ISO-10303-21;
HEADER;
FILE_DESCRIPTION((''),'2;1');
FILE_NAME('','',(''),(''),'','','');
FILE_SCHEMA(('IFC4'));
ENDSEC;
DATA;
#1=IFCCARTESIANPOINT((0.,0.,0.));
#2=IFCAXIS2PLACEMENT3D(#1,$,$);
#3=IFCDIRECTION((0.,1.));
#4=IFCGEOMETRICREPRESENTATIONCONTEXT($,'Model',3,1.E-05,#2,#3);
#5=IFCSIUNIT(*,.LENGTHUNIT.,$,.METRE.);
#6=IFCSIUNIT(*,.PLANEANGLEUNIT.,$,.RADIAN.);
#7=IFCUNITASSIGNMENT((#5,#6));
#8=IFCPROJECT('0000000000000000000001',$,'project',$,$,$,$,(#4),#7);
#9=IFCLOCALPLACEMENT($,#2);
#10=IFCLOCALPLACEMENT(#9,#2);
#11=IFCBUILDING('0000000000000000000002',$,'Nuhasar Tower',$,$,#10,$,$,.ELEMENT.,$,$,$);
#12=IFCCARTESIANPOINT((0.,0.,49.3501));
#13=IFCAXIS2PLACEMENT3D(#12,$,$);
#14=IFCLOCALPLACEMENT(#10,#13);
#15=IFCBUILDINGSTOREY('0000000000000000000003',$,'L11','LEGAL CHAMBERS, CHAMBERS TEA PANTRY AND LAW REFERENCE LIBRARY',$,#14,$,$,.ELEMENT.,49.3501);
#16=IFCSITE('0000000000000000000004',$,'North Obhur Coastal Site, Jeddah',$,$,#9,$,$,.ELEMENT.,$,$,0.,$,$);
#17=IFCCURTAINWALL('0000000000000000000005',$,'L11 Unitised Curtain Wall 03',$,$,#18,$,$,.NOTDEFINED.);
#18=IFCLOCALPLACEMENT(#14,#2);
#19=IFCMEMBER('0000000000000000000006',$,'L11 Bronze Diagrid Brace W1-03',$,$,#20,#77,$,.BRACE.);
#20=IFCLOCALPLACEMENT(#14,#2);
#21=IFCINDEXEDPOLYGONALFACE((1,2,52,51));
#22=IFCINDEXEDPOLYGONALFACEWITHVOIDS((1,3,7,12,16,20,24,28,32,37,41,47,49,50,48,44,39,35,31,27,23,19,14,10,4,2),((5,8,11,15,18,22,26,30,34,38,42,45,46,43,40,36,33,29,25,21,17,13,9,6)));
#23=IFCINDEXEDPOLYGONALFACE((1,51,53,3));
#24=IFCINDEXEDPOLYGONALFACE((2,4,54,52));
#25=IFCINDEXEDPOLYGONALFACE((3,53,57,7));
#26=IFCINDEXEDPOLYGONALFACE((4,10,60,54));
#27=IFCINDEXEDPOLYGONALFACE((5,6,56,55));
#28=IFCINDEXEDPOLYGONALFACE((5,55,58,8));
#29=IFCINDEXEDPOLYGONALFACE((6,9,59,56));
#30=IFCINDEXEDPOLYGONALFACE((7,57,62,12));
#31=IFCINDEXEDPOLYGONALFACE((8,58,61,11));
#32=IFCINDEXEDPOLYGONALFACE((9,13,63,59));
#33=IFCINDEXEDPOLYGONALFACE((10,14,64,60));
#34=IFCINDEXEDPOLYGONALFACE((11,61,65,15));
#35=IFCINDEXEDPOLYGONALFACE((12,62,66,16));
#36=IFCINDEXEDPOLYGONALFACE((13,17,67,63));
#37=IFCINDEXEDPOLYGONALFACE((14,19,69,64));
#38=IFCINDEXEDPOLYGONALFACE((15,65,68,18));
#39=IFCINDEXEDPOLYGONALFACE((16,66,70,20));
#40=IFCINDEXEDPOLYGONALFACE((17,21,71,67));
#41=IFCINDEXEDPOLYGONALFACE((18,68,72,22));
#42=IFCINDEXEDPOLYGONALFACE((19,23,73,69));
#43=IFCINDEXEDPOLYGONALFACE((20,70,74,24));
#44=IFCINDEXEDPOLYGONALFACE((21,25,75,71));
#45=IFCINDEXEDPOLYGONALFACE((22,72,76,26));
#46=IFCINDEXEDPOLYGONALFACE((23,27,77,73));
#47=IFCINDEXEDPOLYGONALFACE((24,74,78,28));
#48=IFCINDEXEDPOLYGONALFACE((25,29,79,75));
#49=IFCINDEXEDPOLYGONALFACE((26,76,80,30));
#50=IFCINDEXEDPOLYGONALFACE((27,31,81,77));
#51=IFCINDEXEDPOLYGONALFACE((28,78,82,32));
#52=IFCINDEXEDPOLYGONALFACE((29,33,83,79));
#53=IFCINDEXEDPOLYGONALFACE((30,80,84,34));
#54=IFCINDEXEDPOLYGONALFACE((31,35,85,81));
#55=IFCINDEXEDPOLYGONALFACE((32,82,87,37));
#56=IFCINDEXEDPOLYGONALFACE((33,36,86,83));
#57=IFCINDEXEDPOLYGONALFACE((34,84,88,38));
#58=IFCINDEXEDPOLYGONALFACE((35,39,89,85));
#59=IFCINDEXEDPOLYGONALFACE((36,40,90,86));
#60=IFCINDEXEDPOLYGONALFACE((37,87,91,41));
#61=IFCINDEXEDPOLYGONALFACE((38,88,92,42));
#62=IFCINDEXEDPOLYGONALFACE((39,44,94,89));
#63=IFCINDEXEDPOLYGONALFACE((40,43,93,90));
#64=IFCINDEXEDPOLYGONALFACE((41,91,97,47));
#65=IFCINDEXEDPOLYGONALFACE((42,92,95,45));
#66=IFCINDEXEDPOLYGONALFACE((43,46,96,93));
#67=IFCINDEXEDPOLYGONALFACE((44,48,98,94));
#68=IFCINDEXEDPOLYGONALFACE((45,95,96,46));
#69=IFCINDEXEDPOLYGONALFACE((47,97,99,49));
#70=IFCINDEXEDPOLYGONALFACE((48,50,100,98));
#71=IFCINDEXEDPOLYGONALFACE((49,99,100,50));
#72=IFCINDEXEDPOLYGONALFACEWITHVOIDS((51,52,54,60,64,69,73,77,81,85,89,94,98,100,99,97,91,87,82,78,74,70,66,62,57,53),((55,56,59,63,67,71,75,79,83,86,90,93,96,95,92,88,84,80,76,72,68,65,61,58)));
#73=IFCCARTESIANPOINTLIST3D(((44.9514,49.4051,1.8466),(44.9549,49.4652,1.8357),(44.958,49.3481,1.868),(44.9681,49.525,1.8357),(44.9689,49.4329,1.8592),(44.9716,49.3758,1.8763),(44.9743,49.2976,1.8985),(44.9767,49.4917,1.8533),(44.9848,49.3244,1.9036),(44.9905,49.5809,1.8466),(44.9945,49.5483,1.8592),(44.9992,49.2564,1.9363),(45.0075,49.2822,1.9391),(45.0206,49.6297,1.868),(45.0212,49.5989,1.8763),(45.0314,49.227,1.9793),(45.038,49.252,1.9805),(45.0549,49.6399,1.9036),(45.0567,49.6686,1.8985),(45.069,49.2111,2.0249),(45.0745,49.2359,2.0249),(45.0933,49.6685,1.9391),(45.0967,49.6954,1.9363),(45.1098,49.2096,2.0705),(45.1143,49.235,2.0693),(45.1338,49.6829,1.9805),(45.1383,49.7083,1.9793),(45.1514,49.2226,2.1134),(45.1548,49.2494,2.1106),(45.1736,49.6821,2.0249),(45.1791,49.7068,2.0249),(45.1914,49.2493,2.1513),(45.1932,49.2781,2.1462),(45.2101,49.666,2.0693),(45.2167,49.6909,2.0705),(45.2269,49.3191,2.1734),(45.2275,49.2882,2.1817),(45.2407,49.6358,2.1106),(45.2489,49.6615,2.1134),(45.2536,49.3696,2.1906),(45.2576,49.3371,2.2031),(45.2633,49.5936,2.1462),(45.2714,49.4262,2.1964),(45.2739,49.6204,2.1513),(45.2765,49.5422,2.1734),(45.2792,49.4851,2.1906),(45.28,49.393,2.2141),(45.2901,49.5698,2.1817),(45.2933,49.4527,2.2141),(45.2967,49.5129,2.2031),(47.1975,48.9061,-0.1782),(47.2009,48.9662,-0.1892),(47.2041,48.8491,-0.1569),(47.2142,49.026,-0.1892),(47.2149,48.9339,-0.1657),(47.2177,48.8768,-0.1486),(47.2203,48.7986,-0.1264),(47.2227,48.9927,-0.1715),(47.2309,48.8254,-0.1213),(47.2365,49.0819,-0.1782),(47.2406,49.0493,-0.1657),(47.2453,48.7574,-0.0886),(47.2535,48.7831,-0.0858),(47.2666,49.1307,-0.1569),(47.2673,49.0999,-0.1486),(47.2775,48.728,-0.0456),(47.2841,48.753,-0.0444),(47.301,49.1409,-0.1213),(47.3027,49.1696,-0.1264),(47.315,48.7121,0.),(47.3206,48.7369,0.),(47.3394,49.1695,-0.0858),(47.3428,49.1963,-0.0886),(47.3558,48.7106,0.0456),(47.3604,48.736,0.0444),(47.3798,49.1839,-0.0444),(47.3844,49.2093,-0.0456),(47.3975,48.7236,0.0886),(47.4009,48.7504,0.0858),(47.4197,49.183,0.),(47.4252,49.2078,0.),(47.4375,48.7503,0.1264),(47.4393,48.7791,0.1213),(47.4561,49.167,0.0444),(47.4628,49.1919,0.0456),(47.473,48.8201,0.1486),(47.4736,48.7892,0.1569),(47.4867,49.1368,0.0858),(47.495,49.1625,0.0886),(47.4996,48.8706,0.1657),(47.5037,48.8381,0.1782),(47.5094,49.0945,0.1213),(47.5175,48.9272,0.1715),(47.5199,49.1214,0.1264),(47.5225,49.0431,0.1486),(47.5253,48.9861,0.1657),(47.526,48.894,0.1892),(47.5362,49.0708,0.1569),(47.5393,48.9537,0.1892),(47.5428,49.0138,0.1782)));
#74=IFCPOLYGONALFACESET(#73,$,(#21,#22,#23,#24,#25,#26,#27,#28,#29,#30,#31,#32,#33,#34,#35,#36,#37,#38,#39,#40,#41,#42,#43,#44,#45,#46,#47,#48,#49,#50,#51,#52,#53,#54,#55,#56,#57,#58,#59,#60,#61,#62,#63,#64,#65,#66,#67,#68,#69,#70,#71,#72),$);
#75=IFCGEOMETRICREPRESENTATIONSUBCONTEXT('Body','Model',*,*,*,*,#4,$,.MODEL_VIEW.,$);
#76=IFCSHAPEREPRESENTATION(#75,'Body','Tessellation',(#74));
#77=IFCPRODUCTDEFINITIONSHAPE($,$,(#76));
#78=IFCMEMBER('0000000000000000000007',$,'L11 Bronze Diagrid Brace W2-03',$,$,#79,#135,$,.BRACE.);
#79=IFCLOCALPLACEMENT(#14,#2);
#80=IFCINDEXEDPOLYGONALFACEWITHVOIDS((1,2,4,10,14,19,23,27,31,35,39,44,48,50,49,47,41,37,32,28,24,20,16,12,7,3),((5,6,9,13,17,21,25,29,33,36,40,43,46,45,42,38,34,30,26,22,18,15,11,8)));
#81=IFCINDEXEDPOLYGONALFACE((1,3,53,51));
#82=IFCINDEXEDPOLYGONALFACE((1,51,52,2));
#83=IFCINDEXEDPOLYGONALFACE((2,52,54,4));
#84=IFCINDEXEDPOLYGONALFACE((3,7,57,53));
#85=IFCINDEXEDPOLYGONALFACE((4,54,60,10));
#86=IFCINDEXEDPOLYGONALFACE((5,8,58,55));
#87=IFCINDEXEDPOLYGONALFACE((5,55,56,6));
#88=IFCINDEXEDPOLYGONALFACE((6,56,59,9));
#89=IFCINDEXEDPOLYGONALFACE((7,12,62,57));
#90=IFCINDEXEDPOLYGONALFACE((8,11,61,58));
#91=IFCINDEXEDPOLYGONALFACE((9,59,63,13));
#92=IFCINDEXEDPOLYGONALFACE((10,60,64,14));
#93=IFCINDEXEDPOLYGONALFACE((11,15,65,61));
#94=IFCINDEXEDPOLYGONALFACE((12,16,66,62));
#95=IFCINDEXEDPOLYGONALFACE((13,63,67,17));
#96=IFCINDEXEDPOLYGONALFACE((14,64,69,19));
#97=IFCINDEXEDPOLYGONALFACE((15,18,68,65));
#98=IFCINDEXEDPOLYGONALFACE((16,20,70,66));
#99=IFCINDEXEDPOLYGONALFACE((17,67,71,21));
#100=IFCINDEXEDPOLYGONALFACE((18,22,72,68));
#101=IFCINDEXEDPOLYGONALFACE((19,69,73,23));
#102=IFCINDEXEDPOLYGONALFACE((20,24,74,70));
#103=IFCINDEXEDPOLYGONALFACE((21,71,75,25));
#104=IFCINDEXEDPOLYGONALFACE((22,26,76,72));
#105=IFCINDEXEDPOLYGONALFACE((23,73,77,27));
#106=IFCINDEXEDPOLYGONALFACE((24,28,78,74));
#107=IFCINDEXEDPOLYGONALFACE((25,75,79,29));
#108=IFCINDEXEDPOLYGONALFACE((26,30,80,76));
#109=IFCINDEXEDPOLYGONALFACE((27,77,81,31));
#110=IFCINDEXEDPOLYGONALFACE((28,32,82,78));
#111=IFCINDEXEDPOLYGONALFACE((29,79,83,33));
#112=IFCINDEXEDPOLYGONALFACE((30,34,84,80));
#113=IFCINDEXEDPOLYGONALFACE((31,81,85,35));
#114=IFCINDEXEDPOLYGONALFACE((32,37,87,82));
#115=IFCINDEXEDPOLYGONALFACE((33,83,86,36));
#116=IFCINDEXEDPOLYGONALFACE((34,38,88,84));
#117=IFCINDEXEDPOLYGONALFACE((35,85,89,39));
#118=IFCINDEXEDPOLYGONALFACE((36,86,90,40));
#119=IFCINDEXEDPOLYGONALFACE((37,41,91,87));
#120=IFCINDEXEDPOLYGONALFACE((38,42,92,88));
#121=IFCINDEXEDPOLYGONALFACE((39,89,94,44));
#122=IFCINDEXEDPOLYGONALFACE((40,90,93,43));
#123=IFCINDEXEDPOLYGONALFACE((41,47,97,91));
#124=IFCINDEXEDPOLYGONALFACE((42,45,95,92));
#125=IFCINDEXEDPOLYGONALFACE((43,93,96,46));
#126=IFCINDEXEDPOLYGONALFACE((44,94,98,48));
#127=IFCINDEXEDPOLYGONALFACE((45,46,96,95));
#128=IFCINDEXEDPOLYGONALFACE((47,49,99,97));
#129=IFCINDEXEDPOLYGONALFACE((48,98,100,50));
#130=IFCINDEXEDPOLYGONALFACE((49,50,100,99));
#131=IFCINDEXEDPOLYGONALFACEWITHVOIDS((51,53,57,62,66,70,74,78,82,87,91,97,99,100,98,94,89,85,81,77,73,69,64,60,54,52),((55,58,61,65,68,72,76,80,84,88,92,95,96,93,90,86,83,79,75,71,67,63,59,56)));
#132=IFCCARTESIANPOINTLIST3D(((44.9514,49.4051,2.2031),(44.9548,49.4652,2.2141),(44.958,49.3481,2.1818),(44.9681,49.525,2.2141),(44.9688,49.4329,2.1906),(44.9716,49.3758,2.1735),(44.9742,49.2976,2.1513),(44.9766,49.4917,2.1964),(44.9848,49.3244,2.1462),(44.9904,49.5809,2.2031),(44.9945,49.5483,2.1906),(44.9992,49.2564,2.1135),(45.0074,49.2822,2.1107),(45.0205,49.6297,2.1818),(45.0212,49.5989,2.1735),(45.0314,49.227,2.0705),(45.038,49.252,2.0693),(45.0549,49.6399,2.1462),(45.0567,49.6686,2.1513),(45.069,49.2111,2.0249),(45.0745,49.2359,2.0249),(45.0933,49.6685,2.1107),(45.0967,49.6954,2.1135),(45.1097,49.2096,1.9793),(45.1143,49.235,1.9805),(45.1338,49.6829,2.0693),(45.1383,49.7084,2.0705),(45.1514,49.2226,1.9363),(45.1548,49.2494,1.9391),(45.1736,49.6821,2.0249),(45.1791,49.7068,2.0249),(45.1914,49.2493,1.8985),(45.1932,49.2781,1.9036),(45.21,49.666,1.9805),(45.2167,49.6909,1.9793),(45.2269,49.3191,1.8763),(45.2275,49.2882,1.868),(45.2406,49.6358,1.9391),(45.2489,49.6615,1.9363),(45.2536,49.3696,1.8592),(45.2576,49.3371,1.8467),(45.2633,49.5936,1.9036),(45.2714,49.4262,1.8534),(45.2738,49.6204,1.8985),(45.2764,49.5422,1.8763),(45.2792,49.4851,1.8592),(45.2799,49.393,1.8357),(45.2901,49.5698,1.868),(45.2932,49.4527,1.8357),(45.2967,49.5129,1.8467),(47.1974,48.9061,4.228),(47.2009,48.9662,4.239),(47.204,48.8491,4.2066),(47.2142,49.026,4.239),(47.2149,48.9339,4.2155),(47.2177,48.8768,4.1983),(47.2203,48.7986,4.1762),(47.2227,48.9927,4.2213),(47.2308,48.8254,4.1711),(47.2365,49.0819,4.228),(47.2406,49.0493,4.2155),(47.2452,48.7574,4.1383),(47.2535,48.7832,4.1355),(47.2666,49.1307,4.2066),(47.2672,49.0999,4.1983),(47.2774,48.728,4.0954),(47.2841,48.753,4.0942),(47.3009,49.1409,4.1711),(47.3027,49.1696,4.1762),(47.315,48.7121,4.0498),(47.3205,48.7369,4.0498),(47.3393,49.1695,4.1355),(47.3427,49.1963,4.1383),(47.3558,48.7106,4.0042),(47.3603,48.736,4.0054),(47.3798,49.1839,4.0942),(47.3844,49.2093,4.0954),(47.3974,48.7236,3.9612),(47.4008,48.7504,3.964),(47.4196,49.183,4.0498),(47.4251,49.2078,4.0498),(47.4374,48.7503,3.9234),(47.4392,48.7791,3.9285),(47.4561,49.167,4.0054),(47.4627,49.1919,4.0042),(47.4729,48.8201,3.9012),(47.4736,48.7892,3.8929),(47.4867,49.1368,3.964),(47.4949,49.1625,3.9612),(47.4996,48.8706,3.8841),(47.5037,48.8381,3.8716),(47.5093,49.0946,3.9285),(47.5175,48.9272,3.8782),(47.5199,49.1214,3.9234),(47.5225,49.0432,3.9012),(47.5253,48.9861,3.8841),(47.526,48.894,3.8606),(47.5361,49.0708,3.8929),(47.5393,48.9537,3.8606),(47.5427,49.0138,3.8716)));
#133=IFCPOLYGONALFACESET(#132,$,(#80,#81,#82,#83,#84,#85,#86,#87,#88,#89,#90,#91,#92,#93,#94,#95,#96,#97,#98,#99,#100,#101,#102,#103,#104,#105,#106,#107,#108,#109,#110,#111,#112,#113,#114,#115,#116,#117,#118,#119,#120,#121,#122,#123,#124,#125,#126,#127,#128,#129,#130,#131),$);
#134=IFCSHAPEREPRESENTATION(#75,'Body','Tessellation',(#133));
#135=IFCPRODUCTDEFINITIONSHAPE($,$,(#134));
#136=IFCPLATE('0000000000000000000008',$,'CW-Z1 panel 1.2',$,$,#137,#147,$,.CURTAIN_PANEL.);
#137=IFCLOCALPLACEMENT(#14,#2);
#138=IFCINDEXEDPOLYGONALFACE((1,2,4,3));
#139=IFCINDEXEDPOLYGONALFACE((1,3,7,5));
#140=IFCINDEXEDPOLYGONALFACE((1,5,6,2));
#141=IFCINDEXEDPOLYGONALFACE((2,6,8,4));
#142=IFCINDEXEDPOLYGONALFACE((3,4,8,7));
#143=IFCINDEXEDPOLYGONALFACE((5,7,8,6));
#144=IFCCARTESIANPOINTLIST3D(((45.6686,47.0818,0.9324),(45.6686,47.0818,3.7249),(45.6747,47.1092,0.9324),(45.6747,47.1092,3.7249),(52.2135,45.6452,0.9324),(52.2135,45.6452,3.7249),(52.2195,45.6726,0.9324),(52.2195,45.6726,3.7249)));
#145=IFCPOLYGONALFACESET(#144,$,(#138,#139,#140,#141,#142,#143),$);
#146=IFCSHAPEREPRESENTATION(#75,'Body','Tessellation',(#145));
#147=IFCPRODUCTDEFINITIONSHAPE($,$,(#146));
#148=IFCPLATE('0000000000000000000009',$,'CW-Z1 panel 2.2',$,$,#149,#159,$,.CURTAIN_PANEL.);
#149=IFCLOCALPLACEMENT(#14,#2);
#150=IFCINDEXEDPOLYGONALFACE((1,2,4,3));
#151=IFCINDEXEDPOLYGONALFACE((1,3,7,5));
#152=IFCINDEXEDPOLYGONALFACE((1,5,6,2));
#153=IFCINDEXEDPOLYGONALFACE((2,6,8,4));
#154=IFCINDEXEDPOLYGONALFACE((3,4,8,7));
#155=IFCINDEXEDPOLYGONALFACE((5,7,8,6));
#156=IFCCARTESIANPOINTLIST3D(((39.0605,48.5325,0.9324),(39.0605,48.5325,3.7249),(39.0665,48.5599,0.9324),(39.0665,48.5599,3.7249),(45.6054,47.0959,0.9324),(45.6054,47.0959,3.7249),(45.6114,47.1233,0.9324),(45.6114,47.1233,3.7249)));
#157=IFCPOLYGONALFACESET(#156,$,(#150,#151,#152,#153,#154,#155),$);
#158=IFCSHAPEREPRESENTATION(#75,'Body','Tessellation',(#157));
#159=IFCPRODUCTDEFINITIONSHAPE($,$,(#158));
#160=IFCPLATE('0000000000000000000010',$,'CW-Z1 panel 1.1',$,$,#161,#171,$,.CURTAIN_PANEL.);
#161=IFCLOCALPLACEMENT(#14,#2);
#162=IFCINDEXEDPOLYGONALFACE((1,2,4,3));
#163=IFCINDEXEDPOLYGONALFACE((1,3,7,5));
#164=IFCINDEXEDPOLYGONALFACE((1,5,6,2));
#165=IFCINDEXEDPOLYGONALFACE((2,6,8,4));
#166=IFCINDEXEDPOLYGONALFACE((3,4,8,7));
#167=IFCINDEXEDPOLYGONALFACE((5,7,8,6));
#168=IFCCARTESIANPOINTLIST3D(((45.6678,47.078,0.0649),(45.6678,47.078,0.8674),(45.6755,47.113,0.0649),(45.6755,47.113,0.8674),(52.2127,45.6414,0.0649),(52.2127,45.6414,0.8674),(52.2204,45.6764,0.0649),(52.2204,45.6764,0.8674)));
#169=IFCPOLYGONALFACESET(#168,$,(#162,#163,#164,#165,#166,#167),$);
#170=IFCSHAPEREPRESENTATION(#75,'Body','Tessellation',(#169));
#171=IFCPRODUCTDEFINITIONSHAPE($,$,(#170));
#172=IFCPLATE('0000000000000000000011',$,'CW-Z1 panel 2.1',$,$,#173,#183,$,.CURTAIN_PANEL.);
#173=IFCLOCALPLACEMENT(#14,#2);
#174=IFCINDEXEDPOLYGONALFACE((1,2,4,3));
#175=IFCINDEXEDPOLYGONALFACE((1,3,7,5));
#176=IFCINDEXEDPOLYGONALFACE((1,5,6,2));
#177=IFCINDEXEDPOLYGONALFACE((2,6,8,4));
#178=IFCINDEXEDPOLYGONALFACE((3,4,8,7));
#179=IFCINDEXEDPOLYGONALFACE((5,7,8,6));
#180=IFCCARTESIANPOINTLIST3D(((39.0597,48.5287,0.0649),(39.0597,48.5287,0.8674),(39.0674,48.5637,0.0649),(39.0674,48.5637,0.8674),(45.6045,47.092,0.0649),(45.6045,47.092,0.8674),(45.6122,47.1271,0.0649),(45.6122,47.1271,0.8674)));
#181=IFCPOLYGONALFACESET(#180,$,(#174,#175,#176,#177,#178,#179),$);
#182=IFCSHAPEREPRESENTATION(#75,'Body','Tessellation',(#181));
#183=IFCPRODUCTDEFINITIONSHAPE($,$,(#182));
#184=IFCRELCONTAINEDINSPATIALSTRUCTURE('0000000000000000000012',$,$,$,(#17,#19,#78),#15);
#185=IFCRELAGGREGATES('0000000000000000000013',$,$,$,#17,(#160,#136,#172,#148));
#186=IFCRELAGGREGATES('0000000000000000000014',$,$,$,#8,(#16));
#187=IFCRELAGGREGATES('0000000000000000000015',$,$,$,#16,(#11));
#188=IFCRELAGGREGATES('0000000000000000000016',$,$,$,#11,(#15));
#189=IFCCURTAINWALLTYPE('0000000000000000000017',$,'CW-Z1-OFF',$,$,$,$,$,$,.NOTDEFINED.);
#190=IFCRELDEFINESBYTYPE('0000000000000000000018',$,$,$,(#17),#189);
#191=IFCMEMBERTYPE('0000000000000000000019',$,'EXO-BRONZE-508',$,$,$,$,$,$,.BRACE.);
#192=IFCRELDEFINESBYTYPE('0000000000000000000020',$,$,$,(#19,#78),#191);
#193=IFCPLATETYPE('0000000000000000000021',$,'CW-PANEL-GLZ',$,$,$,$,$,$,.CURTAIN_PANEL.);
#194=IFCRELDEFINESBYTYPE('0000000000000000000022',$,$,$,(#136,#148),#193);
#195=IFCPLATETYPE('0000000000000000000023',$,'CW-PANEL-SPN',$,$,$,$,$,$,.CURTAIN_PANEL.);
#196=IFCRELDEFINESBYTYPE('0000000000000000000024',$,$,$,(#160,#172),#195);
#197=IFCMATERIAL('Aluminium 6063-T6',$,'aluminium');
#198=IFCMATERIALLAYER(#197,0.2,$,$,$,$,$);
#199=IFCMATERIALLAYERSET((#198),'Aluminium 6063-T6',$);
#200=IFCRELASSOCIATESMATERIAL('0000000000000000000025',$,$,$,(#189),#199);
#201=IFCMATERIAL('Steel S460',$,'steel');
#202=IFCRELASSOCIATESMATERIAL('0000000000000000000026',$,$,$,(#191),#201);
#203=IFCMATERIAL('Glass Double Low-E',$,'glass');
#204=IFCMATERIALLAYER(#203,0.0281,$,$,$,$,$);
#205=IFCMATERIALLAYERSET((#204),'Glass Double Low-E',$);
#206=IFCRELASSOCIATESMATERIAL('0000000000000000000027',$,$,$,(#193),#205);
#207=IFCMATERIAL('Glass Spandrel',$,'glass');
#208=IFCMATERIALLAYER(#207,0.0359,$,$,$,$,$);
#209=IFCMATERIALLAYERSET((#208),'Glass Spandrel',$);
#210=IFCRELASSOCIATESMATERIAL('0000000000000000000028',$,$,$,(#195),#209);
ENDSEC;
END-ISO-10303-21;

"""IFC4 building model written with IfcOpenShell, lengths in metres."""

from ifc_helpers import new_model, si_unit, direction, frame, origin, origin_2d, place, context, subcontext, project, spatial, rectangle, hollow_circle, extrude, material, layer, layer_set, material_profile, profile_set, type_object, element, aggregate, save


model = new_model("IFC4")

# Units and contexts
model_context = context("Model", 3, precision=1e-05, world=origin(), true_north=direction((0.0, 1.0)))
body_context = subcontext(model_context, "Body", "Model", "MODEL_VIEW")
ifc_project = project(units=[si_unit("LENGTHUNIT", "METRE"), si_unit("PLANEANGLEUNIT", "RADIAN")], contexts=[model_context])

# Site, building, storey
site_placement = place(None, origin())
site = spatial("IfcSite", under=ifc_project, at=site_placement, Name="North Obhur Coastal Site, Jeddah", CompositionType="ELEMENT", RefElevation=0.0)
building_placement = place(site_placement, origin())
building = spatial("IfcBuilding", under=site, at=building_placement, Name="Nuhasar Tower", CompositionType="ELEMENT")
storey_placement = place(building_placement, frame((0.0, 0.0, 49.3501)))
storey = spatial("IfcBuildingStorey", under=building, at=storey_placement, Name="L11", Description="LEGAL CHAMBERS, CHAMBERS TEA PANTRY AND LAW REFERENCE LIBRARY", CompositionType="ELEMENT", Elevation=49.3501)

# Curtain wall
ifc_material_1 = material(Name="Aluminium 6063-T6", Category="aluminium")
ifc_layer_1 = layer(ifc_material_1, 0.2)
ifc_layer_set_1 = layer_set([ifc_layer_1], Name="Aluminium 6063-T6")
curtain_wall_type = type_object("IfcCurtainWallType", Name="CW-Z1-OFF", PredefinedType="NOTDEFINED", material=ifc_layer_set_1)
curtain_wall_placement = place(storey_placement, origin())
curtain_wall = element("IfcCurtainWall", 1, at=curtain_wall_placement, inside=storey, type_object=curtain_wall_type, Name="L11 Unitised Curtain Wall 03", PredefinedType="NOTDEFINED")

# Members
ifc_material_2 = material(Name="Steel S460", Category="steel")
ifc_material_profile_1 = material_profile(ifc_material_2, hollow_circle(Radius=0.2539, WallThickness=0.0254, at=origin_2d()), Name="HSS508X25.4")
ifc_profile_set_1 = profile_set([ifc_material_profile_1], Name="Steel S460")
member_type_1 = type_object("IfcMemberType", Name="EXO-BRONZE-508", PredefinedType="BRACE", material=ifc_profile_set_1)
for number, where, z_axis, x_axis, name in (
    (2, (47.3701, 48.96, 0.0), (-0.732821, 0.162814, 0.660654), (-0.216886, -0.976197, 0.0), "L11 Bronze Diagrid Brace W1-03"),
    (3, (45.124, 49.459, 2.0249), (0.732821, -0.162814, 0.660654), (0.216886, 0.976197, 0.0), "L11 Bronze Diagrid Brace W2-03"),
):
    element("IfcMember", number, at=place(storey_placement, frame(where, z_axis=z_axis, x_axis=x_axis)), inside=storey, type_object=member_type_1, Name=name, PredefinedType="BRACE", context=body_context, shape_type="SweptSolid", body=[
        extrude(hollow_circle(Radius=0.2539, WallThickness=0.0254, at=origin_2d()), origin(), (0.0, 0.0, 1.0), 3.0649),
    ])

# Plates
ifc_material_3 = material(Name="Glass Double Low-E", Category="glass")
ifc_layer_2 = layer(ifc_material_3, 0.0281)
ifc_layer_set_2 = layer_set([ifc_layer_2], Name="Glass Double Low-E")
plate_type_1 = type_object("IfcPlateType", Name="CW-PANEL-GLZ", PredefinedType="CURTAIN_PANEL", material=ifc_layer_set_2)
plate_1_placement = place(storey_placement, frame((48.9441, 46.3772, 0.9324), z_axis=(0.0, 0.0, 1.0), x_axis=(-0.976746, 0.214399, 0.0)))
plate_1 = element("IfcPlate", 4, at=plate_1_placement, type_object=plate_type_1, Name="CW-Z1 panel 1.2", PredefinedType="CURTAIN_PANEL", context=body_context, shape_type="SweptSolid", body=[
    extrude(rectangle(XDim=6.7007, YDim=0.0281, at=origin_2d()), origin(), (0.0, 0.0, 1.0), 2.7925),
])
plate_2_placement = place(storey_placement, frame((42.3359, 47.8279, 0.9324), z_axis=(0.0, 0.0, 1.0), x_axis=(-0.976746, 0.214399, 0.0)))
plate_2 = element("IfcPlate", 5, at=plate_2_placement, type_object=plate_type_1, Name="CW-Z1 panel 2.2", PredefinedType="CURTAIN_PANEL", context=body_context, shape_type="SweptSolid", body=[
    extrude(rectangle(XDim=6.7007, YDim=0.0281, at=origin_2d()), origin(), (0.0, 0.0, 1.0), 2.7925),
])
ifc_material_4 = material(Name="Glass Spandrel", Category="glass")
ifc_layer_3 = layer(ifc_material_4, 0.0359)
ifc_layer_set_3 = layer_set([ifc_layer_3], Name="Glass Spandrel")
plate_type_2 = type_object("IfcPlateType", Name="CW-PANEL-SPN", PredefinedType="CURTAIN_PANEL", material=ifc_layer_set_3)
plate_3_placement = place(storey_placement, frame((48.9441, 46.3772, 0.0649), z_axis=(0.0, 0.0, 1.0), x_axis=(-0.976746, 0.214399, 0.0)))
plate_3 = element("IfcPlate", 6, at=plate_3_placement, type_object=plate_type_2, Name="CW-Z1 panel 1.1", PredefinedType="CURTAIN_PANEL", context=body_context, shape_type="SweptSolid", body=[
    extrude(rectangle(XDim=6.7007, YDim=0.0359, at=origin_2d()), origin(), (0.0, 0.0, 1.0), 0.8025),
])
plate_4_placement = place(storey_placement, frame((42.3359, 47.8279, 0.0649), z_axis=(0.0, 0.0, 1.0), x_axis=(-0.976746, 0.214399, 0.0)))
plate_4 = element("IfcPlate", 7, at=plate_4_placement, type_object=plate_type_2, Name="CW-Z1 panel 2.1", PredefinedType="CURTAIN_PANEL", context=body_context, shape_type="SweptSolid", body=[
    extrude(rectangle(XDim=6.7007, YDim=0.0359, at=origin_2d()), origin(), (0.0, 0.0, 1.0), 0.8025),
])
aggregate(curtain_wall, [plate_3, plate_1, plate_4, plate_2])

save(model, "model.ifc")
